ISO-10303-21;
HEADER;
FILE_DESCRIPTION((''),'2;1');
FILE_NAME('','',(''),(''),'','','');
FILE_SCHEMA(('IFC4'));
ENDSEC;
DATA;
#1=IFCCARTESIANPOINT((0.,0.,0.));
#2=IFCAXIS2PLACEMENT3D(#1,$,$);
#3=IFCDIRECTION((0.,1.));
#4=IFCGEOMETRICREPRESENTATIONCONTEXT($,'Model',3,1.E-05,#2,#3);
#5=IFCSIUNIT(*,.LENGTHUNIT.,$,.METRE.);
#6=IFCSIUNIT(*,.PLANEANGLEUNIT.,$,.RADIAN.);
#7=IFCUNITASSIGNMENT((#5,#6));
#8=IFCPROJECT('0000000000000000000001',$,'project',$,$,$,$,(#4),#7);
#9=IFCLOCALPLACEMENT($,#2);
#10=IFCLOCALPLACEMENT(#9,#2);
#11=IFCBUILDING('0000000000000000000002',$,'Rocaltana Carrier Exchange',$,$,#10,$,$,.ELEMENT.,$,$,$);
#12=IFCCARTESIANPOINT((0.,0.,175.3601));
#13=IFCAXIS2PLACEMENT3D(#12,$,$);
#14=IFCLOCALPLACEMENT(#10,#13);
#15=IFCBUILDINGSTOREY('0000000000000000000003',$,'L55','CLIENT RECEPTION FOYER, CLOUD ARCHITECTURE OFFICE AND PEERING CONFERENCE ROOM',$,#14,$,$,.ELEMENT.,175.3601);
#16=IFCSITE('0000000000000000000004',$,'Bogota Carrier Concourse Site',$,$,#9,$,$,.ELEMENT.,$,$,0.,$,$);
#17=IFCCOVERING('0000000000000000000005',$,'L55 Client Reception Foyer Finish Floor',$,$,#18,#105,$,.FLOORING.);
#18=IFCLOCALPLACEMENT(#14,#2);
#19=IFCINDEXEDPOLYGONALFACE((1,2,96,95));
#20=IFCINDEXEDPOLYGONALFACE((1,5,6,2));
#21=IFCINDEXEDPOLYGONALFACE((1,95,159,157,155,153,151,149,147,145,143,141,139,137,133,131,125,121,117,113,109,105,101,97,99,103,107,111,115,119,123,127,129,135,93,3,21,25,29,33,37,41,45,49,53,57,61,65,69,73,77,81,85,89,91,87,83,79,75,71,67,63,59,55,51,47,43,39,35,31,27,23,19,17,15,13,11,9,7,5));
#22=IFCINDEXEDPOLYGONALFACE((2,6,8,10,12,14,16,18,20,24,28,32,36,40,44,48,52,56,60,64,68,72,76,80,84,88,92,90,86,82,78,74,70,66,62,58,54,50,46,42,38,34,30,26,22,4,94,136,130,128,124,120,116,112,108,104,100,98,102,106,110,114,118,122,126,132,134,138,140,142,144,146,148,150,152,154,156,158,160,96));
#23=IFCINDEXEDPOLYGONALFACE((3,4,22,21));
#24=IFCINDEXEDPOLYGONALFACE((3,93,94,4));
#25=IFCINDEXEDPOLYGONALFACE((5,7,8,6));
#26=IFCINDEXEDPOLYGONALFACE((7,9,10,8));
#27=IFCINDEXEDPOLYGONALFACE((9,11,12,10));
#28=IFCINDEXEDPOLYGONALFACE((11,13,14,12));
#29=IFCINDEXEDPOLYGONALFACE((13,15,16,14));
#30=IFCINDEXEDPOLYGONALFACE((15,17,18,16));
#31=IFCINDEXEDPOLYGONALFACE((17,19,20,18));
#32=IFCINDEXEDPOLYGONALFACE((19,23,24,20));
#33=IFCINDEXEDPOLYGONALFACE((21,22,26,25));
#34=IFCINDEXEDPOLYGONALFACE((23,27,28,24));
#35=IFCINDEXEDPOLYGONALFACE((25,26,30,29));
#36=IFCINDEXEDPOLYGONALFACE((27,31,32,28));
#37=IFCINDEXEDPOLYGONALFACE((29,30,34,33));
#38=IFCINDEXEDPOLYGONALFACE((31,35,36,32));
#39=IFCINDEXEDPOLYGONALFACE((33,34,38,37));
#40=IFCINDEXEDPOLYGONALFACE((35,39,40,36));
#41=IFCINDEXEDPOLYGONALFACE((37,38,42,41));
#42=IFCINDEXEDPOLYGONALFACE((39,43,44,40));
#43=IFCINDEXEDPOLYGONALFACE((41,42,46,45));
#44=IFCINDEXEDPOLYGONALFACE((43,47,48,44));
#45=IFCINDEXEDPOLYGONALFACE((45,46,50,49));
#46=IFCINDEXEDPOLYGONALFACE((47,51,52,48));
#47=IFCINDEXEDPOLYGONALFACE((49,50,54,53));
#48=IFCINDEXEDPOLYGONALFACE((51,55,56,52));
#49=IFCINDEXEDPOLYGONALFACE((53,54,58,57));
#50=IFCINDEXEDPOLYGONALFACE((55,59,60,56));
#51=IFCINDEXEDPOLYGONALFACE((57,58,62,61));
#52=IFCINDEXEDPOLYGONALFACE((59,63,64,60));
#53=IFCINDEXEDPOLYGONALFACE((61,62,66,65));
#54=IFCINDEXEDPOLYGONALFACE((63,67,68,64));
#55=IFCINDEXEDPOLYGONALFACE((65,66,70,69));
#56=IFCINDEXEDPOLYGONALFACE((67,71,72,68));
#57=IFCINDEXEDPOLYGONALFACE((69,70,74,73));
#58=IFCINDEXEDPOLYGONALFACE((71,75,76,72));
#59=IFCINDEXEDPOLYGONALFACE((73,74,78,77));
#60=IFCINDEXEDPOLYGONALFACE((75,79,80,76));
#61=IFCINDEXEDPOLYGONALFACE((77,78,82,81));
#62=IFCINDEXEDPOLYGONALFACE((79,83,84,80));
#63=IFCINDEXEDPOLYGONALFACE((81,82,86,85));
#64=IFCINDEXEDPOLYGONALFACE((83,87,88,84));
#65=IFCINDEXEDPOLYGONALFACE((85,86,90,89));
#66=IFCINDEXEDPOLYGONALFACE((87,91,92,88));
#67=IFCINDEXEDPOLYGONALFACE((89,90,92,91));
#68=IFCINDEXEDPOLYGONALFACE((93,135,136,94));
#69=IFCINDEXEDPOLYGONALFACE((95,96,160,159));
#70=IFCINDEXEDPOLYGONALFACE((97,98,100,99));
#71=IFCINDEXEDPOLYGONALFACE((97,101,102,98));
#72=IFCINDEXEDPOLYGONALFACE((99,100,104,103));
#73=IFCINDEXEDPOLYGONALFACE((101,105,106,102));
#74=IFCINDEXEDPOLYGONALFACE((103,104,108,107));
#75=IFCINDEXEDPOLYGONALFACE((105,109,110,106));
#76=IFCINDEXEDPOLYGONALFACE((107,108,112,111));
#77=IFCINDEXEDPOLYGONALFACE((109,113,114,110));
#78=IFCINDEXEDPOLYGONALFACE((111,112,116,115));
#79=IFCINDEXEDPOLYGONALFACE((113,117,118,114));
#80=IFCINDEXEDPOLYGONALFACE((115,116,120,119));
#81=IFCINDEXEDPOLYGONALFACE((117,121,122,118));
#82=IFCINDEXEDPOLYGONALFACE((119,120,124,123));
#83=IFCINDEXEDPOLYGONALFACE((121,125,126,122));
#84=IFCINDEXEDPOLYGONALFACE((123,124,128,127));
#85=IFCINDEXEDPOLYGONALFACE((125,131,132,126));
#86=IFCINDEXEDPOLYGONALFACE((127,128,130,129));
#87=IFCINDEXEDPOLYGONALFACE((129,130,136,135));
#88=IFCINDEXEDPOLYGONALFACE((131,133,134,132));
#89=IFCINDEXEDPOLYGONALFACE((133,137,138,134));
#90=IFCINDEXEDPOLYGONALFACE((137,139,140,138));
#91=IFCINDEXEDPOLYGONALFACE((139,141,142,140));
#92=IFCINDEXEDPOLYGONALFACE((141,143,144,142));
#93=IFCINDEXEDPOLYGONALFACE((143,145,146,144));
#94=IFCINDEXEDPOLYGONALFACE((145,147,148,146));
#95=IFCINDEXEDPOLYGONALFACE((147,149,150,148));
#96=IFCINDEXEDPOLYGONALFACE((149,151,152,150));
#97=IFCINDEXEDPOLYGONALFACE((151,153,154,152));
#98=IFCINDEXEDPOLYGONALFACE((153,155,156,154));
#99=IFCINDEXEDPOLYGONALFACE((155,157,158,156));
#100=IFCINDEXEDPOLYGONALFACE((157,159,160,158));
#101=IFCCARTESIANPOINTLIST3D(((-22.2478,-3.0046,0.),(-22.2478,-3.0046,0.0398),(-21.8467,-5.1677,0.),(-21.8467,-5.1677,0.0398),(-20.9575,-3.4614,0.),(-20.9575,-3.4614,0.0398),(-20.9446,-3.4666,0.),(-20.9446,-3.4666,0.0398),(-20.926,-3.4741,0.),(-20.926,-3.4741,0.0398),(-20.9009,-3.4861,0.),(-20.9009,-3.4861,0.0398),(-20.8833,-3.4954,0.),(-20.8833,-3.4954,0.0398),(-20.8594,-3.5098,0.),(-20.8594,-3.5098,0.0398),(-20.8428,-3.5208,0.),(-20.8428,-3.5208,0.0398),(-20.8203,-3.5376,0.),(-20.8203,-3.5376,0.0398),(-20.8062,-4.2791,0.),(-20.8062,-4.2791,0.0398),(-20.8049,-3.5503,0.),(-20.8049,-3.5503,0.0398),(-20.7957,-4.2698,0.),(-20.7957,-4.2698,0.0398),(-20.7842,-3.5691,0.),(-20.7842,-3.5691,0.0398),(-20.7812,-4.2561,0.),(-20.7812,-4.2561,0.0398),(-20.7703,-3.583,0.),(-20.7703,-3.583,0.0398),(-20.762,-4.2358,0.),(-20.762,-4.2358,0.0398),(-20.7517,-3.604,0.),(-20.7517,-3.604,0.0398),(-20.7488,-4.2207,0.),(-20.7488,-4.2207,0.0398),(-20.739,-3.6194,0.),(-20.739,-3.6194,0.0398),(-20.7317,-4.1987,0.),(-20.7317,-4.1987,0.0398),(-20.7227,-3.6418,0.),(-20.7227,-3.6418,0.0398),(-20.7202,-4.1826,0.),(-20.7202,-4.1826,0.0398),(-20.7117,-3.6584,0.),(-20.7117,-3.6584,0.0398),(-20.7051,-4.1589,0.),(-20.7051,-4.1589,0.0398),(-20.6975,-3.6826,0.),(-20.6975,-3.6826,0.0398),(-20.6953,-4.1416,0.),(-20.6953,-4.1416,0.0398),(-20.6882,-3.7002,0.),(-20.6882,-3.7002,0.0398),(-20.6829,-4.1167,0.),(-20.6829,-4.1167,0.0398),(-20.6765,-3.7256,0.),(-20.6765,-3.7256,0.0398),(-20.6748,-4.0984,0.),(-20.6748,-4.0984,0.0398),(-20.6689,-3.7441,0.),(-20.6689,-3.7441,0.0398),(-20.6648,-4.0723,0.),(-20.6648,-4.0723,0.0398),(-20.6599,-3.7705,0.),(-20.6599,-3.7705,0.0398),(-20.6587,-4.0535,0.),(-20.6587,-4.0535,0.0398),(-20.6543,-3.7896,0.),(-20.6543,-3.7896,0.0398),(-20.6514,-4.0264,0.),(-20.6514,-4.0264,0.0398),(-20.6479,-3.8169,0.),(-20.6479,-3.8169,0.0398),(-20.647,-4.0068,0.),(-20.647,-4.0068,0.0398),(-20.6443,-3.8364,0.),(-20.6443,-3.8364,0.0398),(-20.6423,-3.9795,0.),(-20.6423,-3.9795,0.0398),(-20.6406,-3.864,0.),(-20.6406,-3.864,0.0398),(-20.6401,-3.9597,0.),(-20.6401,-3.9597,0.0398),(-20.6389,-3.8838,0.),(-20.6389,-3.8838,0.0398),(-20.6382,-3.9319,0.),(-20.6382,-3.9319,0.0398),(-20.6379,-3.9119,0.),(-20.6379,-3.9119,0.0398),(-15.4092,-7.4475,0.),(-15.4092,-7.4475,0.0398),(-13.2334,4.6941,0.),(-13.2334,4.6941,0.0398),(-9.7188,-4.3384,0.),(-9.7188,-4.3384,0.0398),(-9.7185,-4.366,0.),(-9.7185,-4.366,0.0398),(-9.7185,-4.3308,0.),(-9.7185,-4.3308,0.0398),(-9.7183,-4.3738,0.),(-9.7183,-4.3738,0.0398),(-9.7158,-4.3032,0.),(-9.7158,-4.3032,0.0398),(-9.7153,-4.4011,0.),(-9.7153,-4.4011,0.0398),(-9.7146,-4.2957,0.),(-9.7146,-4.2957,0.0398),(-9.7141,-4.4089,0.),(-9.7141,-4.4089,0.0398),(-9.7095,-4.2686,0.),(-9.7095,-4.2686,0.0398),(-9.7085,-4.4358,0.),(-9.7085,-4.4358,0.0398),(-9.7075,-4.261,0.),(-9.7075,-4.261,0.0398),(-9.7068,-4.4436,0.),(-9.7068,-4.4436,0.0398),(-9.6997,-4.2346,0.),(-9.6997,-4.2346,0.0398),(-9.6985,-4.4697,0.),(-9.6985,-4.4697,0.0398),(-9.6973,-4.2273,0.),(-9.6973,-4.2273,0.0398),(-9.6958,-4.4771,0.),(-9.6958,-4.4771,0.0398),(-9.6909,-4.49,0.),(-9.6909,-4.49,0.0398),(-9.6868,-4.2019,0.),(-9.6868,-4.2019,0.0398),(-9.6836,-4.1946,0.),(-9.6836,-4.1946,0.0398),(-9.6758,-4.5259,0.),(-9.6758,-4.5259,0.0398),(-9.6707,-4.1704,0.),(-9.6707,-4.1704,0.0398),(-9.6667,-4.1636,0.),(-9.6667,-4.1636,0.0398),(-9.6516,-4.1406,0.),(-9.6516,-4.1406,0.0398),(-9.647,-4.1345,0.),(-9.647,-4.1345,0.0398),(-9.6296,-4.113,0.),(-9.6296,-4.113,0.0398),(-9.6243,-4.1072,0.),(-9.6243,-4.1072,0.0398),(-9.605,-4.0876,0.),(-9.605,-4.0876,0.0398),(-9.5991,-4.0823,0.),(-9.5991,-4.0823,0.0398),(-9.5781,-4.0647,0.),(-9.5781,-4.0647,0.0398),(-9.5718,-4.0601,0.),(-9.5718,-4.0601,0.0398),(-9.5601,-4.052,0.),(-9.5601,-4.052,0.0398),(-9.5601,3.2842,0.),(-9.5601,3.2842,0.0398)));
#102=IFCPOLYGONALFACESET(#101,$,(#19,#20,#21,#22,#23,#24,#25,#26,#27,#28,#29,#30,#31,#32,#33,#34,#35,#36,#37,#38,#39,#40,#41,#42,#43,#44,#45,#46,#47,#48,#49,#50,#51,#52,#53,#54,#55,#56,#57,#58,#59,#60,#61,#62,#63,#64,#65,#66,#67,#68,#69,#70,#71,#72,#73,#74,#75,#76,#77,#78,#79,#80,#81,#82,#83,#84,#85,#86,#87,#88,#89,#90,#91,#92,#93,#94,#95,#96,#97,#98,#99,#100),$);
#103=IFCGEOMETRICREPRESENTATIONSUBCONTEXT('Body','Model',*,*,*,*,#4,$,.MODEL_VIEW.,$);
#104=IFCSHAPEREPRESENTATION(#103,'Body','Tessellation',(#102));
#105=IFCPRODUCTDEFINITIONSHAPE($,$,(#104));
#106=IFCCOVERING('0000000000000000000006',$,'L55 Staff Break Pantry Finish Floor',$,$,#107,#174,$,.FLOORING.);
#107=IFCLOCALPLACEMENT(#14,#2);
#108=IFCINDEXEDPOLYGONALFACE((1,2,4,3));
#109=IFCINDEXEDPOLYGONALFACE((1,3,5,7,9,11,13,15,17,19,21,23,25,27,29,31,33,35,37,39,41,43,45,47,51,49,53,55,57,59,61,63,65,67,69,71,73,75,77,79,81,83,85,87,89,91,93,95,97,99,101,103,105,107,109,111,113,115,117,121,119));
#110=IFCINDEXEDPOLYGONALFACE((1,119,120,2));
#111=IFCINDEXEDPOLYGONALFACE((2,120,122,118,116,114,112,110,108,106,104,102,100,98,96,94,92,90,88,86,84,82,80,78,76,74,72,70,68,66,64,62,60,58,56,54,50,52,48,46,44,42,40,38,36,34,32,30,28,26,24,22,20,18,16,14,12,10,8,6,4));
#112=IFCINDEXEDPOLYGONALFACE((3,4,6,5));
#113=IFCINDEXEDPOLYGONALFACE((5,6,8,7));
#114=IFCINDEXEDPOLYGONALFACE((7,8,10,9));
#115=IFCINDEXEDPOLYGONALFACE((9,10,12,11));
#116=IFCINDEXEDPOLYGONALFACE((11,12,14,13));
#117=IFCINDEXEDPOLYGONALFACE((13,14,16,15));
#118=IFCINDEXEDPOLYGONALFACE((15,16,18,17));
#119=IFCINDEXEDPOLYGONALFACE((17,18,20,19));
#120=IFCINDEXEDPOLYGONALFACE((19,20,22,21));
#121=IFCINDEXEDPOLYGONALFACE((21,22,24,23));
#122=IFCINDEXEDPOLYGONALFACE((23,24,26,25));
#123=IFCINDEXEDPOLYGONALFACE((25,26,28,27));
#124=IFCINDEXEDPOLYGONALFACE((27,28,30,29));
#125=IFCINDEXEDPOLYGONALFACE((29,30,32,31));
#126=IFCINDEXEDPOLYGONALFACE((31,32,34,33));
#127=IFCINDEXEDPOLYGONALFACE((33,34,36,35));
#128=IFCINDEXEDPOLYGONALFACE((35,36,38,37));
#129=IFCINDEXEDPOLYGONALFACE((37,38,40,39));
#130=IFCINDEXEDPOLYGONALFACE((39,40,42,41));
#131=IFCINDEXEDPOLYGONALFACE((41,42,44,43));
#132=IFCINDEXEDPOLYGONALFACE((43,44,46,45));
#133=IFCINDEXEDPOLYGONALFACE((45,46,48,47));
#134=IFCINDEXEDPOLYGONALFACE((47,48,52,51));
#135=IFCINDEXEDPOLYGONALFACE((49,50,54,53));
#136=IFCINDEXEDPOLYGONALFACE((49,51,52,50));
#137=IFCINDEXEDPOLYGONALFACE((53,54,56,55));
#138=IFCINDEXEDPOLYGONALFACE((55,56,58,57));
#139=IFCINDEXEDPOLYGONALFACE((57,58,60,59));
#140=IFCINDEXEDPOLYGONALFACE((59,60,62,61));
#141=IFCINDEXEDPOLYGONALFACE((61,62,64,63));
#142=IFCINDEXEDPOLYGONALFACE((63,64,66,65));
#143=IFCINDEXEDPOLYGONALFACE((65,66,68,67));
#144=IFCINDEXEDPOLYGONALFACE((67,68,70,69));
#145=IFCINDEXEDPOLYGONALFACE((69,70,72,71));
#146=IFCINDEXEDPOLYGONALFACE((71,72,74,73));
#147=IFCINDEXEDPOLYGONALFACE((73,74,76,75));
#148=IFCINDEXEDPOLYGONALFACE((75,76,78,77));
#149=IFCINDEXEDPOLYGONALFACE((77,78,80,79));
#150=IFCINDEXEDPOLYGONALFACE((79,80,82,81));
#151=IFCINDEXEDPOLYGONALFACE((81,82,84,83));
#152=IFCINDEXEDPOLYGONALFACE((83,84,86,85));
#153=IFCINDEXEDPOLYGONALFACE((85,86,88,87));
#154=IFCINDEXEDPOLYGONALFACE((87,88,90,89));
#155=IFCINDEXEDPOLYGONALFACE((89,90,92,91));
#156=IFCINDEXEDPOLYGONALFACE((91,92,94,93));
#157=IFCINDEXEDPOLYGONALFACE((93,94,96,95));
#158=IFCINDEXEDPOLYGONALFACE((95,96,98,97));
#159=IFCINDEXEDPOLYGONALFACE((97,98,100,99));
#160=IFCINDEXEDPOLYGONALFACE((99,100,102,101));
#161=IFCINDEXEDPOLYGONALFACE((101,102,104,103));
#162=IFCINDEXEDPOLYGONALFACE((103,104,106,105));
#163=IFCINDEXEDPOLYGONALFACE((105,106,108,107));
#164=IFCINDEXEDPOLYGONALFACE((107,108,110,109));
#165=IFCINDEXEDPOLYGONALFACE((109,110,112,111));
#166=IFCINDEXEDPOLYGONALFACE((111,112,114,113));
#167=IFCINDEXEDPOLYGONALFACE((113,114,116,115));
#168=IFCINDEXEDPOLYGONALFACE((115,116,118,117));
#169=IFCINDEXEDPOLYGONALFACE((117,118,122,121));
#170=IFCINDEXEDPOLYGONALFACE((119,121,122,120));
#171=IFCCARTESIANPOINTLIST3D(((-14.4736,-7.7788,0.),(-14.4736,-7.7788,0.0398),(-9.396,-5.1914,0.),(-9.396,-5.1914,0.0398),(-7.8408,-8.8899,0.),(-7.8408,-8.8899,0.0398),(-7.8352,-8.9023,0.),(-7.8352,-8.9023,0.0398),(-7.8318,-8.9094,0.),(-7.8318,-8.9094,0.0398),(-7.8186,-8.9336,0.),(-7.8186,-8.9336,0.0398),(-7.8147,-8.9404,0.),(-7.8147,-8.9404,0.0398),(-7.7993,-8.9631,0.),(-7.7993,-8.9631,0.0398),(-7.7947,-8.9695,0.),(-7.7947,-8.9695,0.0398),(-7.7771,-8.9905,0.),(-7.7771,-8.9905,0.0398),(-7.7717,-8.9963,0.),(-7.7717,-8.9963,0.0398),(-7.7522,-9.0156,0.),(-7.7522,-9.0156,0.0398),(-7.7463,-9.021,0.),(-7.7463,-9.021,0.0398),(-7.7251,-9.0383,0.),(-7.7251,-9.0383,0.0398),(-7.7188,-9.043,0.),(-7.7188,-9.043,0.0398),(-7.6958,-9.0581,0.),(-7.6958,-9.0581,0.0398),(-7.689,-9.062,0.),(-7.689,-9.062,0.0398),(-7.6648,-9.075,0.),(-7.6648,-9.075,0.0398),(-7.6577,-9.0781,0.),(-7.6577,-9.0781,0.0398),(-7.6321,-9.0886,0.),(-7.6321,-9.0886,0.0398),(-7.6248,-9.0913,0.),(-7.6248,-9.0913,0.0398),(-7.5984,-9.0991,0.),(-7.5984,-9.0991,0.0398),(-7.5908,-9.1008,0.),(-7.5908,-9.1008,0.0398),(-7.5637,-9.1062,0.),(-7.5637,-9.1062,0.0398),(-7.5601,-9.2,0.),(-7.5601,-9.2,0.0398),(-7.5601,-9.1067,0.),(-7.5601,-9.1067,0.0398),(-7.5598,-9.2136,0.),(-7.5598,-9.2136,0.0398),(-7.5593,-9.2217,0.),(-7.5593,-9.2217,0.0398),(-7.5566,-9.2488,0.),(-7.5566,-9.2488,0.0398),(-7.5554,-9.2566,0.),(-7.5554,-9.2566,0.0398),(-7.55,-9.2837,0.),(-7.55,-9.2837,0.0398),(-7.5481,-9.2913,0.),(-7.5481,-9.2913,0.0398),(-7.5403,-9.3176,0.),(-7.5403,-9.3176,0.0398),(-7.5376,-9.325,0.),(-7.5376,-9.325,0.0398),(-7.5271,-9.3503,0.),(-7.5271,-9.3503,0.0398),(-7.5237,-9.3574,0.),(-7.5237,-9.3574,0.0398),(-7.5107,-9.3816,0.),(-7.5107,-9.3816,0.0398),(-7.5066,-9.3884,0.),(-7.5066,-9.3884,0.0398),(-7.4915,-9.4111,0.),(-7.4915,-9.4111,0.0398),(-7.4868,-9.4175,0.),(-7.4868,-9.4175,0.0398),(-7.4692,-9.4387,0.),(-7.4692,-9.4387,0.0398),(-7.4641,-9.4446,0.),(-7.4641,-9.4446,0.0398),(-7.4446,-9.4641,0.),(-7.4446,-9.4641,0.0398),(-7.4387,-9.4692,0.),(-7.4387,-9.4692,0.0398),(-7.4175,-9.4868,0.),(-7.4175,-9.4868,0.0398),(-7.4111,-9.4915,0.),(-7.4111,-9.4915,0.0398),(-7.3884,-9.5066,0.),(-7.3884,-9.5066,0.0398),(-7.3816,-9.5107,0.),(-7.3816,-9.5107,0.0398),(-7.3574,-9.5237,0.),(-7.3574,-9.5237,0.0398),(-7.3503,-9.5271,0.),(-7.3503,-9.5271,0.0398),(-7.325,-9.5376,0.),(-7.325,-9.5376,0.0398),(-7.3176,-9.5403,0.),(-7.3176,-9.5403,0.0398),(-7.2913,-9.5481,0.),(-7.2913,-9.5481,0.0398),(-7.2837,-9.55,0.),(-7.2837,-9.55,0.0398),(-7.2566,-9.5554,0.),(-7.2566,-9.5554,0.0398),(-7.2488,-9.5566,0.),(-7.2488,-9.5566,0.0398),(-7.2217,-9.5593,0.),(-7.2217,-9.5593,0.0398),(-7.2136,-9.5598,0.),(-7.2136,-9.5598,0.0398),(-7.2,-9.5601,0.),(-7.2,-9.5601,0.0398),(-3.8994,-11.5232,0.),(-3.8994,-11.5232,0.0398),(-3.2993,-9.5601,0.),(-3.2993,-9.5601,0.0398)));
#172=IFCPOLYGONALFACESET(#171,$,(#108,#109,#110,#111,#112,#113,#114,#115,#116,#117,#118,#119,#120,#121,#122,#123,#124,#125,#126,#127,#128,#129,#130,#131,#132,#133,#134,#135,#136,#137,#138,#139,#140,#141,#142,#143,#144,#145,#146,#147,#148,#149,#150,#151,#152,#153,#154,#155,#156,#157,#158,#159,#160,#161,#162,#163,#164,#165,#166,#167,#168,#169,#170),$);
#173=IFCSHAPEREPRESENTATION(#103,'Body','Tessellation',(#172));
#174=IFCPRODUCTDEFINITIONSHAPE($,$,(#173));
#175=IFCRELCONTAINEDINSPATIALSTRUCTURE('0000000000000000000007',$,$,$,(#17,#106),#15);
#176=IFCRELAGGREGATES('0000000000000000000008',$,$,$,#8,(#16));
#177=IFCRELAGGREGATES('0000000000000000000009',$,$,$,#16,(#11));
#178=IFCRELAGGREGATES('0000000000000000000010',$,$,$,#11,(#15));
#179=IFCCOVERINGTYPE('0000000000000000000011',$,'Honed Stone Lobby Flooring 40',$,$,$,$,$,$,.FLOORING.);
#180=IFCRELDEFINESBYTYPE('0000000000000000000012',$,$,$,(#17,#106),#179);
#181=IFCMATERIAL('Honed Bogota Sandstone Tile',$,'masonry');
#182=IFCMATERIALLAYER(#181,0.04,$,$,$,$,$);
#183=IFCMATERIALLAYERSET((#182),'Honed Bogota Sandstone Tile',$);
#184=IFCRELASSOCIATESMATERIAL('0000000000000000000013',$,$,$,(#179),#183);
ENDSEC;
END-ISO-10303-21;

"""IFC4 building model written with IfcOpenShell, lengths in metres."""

from ifc_helpers import new_model, si_unit, direction, frame, origin, place, context, subcontext, project, spatial, polyline, outline, extrude, material, layer, layer_set, type_object, element, save


model = new_model("IFC4")

# Units and contexts
model_context = context("Model", 3, precision=1e-05, world=origin(), true_north=direction((0.0, 1.0)))
body_context = subcontext(model_context, "Body", "Model", "MODEL_VIEW")
ifc_project = project(units=[si_unit("LENGTHUNIT", "METRE"), si_unit("PLANEANGLEUNIT", "RADIAN")], contexts=[model_context])

# Site, building, storey
site_placement = place(None, origin())
site = spatial("IfcSite", under=ifc_project, at=site_placement, Name="Bogota Carrier Concourse Site", CompositionType="ELEMENT", RefElevation=0.0)
building_placement = place(site_placement, origin())
building = spatial("IfcBuilding", under=site, at=building_placement, Name="Rocaltana Carrier Exchange", CompositionType="ELEMENT")
storey_placement = place(building_placement, frame((0.0, 0.0, 175.3601)))
storey = spatial("IfcBuildingStorey", under=building, at=storey_placement, Name="L55", Description="CLIENT RECEPTION FOYER, CLOUD ARCHITECTURE OFFICE AND PEERING CONFERENCE ROOM", CompositionType="ELEMENT", Elevation=175.3601)

# Coverings
ifc_material_1 = material(Name="Honed Bogota Sandstone Tile", Category="masonry")
ifc_layer_1 = layer(ifc_material_1, 0.04)
ifc_layer_set_1 = layer_set([ifc_layer_1], Name="Honed Bogota Sandstone Tile")
covering_type_1 = type_object("IfcCoveringType", Name="Honed Stone Lobby Flooring 40", PredefinedType="FLOORING", material=ifc_layer_set_1)
covering_1_placement = place(storey_placement, origin())
element("IfcCovering", 1, at=covering_1_placement, inside=storey, type_object=covering_type_1, Name="L55 Client Reception Foyer Finish Floor", PredefinedType="FLOORING", context=body_context, shape_type="SweptSolid", body=[
    extrude(outline(polyline([(-20.8062, -4.2791), (-20.7957, -4.2698), (-20.7812, -4.2561), (-20.762, -4.2358), (-20.7488, -4.2207), (-20.7317, -4.1987), (-20.7202, -4.1826), (-20.7051, -4.1589), (-20.6953, -4.1416), (-20.6829, -4.1167), (-20.6748, -4.0984), (-20.6648, -4.0723), (-20.6587, -4.0535), (-20.6514, -4.0264), (-20.647, -4.0068), (-20.6423, -3.9795), (-20.6401, -3.9597), (-20.6382, -3.9319), (-20.6379, -3.9119), (-20.6389, -3.8838), (-20.6406, -3.864), (-20.6443, -3.8364), (-20.6479, -3.8169), (-20.6543, -3.7896), (-20.6599, -3.7705), (-20.6689, -3.7441), (-20.6765, -3.7256), (-20.6882, -3.7002), (-20.6975, -3.6826), (-20.7117, -3.6584), (-20.7227, -3.6418), (-20.739, -3.6194), (-20.7517, -3.604), (-20.7703, -3.583), (-20.7842, -3.5691), (-20.8049, -3.5503), (-20.8203, -3.5376), (-20.8428, -3.5208), (-20.8594, -3.5098), (-20.8833, -3.4954), (-20.9009, -3.4861), (-20.926, -3.4741), (-20.9446, -3.4666), (-20.9575, -3.4614), (-22.2478, -3.0046), (-13.2334, 4.6941), (-9.5601, 3.2842), (-9.5601, -4.052), (-9.5718, -4.0601), (-9.5781, -4.0647), (-9.5991, -4.0823), (-9.605, -4.0876), (-9.6243, -4.1072), (-9.6296, -4.113), (-9.647, -4.1345), (-9.6516, -4.1406), (-9.6667, -4.1636), (-9.6707, -4.1704), (-9.6836, -4.1946), (-9.6868, -4.2019), (-9.6973, -4.2273), (-9.6997, -4.2346), (-9.7075, -4.261), (-9.7095, -4.2686), (-9.7146, -4.2957), (-9.7158, -4.3032), (-9.7185, -4.3308), (-9.7188, -4.3384), (-9.7185, -4.366), (-9.7183, -4.3738), (-9.7153, -4.4011), (-9.7141, -4.4089), (-9.7085, -4.4358), (-9.7068, -4.4436), (-9.6985, -4.4697), (-9.6958, -4.4771), (-9.6909, -4.49), (-9.6758, -4.5259), (-15.4092, -7.4475), (-21.8467, -5.1677), (-20.8062, -4.2791)])), origin(), (0.0, 0.0, 1.0), 0.0398),
])
covering_2_placement = place(storey_placement, origin())
element("IfcCovering", 2, at=covering_2_placement, inside=storey, type_object=covering_type_1, Name="L55 Staff Break Pantry Finish Floor", PredefinedType="FLOORING", context=body_context, shape_type="SweptSolid", body=[
    extrude(outline(polyline([(-14.4736, -7.7788), (-9.396, -5.1914), (-7.8408, -8.8899), (-7.8352, -8.9023), (-7.8318, -8.9094), (-7.8186, -8.9336), (-7.8147, -8.9404), (-7.7993, -8.9631), (-7.7947, -8.9695), (-7.7771, -8.9905), (-7.7717, -8.9963), (-7.7522, -9.0156), (-7.7463, -9.021), (-7.7251, -9.0383), (-7.7188, -9.043), (-7.6958, -9.0581), (-7.689, -9.062), (-7.6648, -9.075), (-7.6577, -9.0781), (-7.6321, -9.0886), (-7.6248, -9.0913), (-7.5984, -9.0991), (-7.5908, -9.1008), (-7.5637, -9.1062), (-7.5601, -9.1067), (-7.5601, -9.2), (-7.5598, -9.2136), (-7.5593, -9.2217), (-7.5566, -9.2488), (-7.5554, -9.2566), (-7.55, -9.2837), (-7.5481, -9.2913), (-7.5403, -9.3176), (-7.5376, -9.325), (-7.5271, -9.3503), (-7.5237, -9.3574), (-7.5107, -9.3816), (-7.5066, -9.3884), (-7.4915, -9.4111), (-7.4868, -9.4175), (-7.4692, -9.4387), (-7.4641, -9.4446), (-7.4446, -9.4641), (-7.4387, -9.4692), (-7.4175, -9.4868), (-7.4111, -9.4915), (-7.3884, -9.5066), (-7.3816, -9.5107), (-7.3574, -9.5237), (-7.3503, -9.5271), (-7.325, -9.5376), (-7.3176, -9.5403), (-7.2913, -9.5481), (-7.2837, -9.55), (-7.2566, -9.5554), (-7.2488, -9.5566), (-7.2217, -9.5593), (-7.2136, -9.5598), (-7.2, -9.5601), (-3.2993, -9.5601), (-3.8994, -11.5232), (-14.4736, -7.7788)])), origin(), (0.0, 0.0, 1.0), 0.0398),
])

save(model, "model.ifc")
